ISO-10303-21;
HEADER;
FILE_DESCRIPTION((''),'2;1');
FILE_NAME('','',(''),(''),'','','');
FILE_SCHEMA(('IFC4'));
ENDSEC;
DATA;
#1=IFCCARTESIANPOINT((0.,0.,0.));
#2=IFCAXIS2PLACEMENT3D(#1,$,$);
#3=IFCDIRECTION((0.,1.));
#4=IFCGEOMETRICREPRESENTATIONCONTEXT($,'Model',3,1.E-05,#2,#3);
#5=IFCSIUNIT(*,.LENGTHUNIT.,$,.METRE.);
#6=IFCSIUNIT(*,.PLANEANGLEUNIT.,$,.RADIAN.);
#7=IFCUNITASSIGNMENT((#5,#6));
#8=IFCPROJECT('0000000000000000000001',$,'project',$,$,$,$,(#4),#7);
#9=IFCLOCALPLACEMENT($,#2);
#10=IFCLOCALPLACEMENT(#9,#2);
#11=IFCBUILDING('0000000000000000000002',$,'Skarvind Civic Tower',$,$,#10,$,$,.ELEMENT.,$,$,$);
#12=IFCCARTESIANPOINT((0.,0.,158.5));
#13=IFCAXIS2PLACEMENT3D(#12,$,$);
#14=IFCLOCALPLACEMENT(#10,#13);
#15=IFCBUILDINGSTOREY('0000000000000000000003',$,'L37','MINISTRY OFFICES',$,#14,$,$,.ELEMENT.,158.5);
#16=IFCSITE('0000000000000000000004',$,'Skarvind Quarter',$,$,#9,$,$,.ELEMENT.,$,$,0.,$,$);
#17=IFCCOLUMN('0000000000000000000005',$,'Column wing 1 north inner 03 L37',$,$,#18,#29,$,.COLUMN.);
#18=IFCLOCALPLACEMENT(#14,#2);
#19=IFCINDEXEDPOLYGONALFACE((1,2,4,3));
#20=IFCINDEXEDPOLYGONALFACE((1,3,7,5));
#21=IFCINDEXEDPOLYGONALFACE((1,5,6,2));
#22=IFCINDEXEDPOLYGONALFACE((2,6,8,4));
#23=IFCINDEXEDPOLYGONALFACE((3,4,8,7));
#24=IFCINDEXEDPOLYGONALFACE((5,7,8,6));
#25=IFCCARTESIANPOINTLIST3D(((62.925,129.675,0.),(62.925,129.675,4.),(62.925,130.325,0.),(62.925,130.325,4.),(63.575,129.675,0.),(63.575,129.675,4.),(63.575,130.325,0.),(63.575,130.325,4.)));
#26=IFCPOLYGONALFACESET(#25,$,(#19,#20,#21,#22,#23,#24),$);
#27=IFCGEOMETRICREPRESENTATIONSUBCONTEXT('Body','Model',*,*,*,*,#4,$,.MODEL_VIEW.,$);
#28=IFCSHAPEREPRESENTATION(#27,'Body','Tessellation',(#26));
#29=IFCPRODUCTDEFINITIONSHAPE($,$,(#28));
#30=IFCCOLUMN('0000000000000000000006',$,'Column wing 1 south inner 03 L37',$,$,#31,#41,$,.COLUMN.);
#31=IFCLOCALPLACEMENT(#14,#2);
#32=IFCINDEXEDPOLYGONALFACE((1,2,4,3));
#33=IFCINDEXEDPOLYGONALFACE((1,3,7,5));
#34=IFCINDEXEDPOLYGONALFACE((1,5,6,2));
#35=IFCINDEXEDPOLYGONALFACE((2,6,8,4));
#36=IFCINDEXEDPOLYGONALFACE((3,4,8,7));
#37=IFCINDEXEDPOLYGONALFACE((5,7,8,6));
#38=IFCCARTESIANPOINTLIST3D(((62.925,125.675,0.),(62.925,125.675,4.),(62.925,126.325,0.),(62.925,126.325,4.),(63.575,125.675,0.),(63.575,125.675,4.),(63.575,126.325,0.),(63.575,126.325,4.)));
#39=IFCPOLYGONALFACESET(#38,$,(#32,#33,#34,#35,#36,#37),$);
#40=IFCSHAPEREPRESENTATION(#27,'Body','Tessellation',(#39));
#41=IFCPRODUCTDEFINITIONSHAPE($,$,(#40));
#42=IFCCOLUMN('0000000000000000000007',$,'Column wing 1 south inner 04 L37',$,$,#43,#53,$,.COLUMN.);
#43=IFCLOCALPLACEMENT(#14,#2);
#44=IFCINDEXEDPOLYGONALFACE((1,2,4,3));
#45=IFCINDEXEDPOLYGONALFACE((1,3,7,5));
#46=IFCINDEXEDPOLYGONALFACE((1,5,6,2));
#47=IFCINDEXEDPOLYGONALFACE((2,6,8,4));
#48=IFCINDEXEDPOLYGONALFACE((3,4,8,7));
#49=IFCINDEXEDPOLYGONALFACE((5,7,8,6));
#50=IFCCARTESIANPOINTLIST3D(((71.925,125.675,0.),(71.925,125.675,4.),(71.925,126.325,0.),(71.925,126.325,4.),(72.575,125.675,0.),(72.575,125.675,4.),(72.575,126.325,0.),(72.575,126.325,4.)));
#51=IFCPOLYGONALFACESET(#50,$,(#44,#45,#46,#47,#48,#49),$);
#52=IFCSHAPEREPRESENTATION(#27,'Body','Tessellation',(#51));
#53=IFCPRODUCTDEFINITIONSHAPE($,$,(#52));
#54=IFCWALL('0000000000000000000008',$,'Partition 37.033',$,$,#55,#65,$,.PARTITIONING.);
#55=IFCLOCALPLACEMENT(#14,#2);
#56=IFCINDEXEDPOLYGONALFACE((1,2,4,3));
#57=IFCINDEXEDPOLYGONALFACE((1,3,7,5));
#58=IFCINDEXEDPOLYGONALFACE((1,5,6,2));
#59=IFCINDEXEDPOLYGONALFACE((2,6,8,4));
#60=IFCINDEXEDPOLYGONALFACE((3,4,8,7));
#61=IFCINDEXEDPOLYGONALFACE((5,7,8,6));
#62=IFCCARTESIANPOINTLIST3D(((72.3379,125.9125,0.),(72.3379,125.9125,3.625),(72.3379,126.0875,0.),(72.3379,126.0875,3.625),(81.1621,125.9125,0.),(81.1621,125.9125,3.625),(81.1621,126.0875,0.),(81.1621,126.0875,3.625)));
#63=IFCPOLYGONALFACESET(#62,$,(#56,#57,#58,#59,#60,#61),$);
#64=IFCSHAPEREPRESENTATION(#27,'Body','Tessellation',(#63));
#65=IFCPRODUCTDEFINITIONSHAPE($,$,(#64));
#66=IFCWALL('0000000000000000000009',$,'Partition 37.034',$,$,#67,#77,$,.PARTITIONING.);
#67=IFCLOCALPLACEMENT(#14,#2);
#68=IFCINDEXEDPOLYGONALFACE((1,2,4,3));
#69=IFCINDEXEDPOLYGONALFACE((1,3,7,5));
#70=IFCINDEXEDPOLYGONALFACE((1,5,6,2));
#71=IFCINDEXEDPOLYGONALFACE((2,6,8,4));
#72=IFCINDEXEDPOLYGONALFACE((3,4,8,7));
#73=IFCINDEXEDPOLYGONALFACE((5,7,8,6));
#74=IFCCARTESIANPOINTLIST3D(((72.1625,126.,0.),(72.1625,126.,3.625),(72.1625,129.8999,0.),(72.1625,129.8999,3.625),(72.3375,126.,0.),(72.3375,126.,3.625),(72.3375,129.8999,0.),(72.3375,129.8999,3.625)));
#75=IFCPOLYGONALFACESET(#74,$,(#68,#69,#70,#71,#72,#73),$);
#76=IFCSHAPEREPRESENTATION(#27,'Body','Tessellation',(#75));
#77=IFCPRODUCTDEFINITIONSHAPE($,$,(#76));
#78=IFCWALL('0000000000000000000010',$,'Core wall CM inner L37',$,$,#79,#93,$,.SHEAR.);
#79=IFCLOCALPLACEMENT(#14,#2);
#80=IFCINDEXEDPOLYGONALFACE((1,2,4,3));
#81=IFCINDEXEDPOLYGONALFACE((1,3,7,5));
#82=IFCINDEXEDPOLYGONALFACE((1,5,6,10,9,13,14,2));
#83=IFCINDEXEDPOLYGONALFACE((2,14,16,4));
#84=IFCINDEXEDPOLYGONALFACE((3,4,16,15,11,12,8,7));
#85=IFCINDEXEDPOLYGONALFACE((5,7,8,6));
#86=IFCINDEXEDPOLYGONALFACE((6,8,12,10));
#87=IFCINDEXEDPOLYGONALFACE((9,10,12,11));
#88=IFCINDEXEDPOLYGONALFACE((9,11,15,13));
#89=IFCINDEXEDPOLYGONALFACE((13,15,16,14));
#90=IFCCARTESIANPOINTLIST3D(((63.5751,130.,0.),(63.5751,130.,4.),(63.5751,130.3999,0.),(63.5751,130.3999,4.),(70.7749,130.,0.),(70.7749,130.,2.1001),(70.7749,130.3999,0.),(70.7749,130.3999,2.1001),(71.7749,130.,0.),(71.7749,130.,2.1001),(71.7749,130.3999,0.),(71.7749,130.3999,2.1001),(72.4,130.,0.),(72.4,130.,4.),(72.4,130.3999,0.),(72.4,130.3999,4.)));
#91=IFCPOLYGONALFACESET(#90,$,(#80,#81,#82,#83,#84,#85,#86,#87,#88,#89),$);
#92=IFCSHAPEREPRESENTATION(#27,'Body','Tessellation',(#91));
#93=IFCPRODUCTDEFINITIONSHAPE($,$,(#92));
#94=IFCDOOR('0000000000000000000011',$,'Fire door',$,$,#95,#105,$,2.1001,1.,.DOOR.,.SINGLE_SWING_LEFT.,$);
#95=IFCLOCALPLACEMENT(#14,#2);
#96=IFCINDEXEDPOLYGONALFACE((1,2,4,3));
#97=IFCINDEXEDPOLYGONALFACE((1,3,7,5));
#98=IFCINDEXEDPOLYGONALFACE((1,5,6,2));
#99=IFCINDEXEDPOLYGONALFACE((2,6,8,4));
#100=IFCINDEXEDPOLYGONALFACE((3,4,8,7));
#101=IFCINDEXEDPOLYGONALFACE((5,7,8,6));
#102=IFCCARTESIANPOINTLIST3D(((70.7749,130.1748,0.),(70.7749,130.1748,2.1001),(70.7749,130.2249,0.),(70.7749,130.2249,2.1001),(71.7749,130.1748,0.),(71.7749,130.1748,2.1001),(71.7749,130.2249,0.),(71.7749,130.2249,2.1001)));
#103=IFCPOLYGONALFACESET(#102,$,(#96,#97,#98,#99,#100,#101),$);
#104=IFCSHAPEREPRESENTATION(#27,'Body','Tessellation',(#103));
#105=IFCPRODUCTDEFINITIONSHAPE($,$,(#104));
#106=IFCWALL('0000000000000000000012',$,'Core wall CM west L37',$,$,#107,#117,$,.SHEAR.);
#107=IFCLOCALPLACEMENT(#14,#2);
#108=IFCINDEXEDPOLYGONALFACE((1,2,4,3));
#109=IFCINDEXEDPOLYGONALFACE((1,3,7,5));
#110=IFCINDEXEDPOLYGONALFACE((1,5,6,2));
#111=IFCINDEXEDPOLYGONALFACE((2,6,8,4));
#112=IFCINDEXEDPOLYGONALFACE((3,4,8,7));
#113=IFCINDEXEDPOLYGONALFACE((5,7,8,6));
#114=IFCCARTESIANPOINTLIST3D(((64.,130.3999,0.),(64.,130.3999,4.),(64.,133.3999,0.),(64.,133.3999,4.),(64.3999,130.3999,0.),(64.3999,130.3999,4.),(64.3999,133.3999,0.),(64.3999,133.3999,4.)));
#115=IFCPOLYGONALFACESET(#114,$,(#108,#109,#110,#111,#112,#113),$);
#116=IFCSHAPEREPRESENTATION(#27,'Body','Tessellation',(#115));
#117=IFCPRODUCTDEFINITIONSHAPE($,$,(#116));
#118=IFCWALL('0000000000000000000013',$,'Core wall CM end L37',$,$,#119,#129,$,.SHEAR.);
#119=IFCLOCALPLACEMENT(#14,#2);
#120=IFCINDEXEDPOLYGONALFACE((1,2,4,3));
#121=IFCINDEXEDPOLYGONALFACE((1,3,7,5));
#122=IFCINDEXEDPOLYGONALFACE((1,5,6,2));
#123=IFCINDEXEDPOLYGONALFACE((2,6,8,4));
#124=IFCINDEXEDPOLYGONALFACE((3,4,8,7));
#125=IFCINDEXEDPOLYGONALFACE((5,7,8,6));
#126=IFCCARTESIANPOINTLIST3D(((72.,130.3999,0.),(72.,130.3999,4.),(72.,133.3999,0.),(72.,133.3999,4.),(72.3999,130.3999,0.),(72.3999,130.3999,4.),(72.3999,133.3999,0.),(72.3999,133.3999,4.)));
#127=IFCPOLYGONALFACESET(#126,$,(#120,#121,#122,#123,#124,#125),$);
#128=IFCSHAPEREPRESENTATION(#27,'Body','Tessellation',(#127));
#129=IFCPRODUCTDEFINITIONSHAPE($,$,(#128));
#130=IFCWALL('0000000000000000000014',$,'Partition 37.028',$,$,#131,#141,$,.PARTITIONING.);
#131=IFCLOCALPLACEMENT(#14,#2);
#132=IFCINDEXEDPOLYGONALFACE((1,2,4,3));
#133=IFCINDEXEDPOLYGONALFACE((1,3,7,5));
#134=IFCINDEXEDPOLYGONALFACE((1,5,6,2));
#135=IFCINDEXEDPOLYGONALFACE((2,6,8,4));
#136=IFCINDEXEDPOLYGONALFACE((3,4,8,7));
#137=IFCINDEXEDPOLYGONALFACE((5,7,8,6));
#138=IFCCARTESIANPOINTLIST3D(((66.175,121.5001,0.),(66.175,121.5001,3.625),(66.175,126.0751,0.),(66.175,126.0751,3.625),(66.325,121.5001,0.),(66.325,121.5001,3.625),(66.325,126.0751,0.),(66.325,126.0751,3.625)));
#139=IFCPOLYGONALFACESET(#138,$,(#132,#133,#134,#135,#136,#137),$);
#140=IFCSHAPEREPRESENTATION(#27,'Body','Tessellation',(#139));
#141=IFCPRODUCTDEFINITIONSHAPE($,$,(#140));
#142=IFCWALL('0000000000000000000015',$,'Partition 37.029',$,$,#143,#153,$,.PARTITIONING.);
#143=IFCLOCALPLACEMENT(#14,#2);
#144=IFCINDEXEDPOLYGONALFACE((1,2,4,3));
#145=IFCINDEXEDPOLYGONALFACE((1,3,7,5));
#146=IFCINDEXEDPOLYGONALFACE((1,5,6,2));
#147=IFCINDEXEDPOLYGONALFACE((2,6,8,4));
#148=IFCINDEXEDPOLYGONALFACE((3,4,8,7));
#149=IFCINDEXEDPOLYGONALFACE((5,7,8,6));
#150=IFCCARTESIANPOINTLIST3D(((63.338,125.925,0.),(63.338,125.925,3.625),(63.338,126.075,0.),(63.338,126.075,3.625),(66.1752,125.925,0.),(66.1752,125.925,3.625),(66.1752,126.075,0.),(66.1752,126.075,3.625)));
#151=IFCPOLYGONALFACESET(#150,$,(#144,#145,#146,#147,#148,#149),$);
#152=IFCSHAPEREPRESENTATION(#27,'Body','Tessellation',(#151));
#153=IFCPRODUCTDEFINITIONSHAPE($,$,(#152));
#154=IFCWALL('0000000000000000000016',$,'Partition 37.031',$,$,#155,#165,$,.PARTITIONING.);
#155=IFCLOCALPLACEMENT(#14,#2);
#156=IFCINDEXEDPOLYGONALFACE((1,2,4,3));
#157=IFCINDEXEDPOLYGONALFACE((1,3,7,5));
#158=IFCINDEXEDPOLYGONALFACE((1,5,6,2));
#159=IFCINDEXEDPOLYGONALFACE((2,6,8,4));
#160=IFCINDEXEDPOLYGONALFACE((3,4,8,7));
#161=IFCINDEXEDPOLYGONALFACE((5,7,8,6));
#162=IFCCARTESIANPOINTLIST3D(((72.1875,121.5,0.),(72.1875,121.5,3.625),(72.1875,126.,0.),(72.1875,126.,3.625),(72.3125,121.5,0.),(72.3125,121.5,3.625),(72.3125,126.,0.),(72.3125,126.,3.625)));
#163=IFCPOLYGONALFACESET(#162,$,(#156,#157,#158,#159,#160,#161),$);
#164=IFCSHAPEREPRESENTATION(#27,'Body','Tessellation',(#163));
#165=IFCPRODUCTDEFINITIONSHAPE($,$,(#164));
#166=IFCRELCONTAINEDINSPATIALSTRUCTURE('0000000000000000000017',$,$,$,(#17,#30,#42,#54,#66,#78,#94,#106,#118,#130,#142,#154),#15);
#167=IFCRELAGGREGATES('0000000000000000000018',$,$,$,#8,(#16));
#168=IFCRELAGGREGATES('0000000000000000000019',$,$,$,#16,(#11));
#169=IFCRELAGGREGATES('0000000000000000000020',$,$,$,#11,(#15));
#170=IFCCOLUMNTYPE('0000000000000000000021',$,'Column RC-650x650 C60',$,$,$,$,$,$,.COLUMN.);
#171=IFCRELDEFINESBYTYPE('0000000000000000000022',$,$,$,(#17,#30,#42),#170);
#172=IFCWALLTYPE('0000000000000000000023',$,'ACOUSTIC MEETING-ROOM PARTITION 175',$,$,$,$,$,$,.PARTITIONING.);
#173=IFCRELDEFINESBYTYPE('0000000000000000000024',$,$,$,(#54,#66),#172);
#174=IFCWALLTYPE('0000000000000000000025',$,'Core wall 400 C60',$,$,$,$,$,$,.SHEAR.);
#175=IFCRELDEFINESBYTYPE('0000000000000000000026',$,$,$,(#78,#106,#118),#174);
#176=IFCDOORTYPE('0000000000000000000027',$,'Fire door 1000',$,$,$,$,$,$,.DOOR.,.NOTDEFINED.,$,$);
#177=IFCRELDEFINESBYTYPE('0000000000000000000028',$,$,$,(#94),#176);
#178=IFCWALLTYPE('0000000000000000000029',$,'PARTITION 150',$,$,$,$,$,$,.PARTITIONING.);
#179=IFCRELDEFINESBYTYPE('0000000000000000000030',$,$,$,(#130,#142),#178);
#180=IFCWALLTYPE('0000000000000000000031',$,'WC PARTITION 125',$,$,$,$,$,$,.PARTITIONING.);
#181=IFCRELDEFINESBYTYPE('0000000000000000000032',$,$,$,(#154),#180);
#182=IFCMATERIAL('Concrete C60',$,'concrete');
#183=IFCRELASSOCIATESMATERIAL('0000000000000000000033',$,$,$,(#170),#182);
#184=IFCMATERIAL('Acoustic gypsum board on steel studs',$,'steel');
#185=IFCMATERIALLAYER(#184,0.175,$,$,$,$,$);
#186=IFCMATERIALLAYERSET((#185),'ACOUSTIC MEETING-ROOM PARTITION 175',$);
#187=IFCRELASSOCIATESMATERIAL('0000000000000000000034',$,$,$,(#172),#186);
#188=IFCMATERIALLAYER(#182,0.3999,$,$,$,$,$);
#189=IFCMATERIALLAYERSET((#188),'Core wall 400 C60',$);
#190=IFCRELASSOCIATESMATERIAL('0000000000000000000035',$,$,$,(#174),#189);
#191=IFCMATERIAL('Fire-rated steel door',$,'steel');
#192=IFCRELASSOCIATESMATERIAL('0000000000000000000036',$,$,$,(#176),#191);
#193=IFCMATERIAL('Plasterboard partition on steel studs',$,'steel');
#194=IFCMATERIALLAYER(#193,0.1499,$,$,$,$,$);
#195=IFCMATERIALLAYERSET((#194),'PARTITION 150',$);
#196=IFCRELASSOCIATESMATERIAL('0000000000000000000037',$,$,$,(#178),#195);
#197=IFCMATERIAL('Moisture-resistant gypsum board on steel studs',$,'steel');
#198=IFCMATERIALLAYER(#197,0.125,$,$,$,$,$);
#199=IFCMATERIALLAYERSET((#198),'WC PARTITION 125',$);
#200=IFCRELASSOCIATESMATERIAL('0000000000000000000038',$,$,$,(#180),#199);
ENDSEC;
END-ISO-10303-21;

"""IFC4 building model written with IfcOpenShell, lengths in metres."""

from ifc_helpers import new_model, si_unit, direction, frame, frame_2d, origin, origin_2d, place, context, subcontext, project, spatial, rectangle, extrude, material, layer, layer_set, material_profile, profile_set, type_object, element, fill, save


model = new_model("IFC4")

# Units and contexts
model_context = context("Model", 3, precision=1e-05, world=origin(), true_north=direction((0.0, 1.0)))
body_context = subcontext(model_context, "Body", "Model", "MODEL_VIEW")
ifc_project = project(units=[si_unit("LENGTHUNIT", "METRE"), si_unit("PLANEANGLEUNIT", "RADIAN")], contexts=[model_context])

# Site, building, storey
site_placement = place(None, origin())
site = spatial("IfcSite", under=ifc_project, at=site_placement, Name="Skarvind Quarter", CompositionType="ELEMENT", RefElevation=0.0)
building_placement = place(site_placement, origin())
building = spatial("IfcBuilding", under=site, at=building_placement, Name="Skarvind Civic Tower", CompositionType="ELEMENT")
storey_placement = place(building_placement, frame((0.0, 0.0, 158.5)))
storey = spatial("IfcBuildingStorey", under=building, at=storey_placement, Name="L37", Description="MINISTRY OFFICES", CompositionType="ELEMENT", Elevation=158.5)

# Columns
ifc_material_1 = material(Name="Concrete C60", Category="concrete")
ifc_material_profile = material_profile(ifc_material_1, rectangle(XDim=0.6499, YDim=0.6499, at=origin_2d()), Name="RC-650x650")
ifc_profile_set = profile_set([ifc_material_profile], Name="Concrete C60")
column_type = type_object("IfcColumnType", Name="Column RC-650x650 C60", PredefinedType="COLUMN", material=ifc_profile_set)
for number, where, z_axis, x_axis, name in (
    (1, (63.25, 130.0, 0.0), (0.0, 0.0, 1.0), (1.0, 0.0, 0.0), "Column wing 1 north inner 03 L37"),
    (2, (63.25, 126.0, 0.0), (0.0, 0.0, 1.0), (1.0, 0.0, 0.0), "Column wing 1 south inner 03 L37"),
    (3, (72.25, 126.0, 0.0), (0.0, 0.0, 1.0), (1.0, 0.0, 0.0), "Column wing 1 south inner 04 L37"),
):
    element("IfcColumn", number, at=place(storey_placement, frame(where, z_axis=z_axis, x_axis=x_axis)), inside=storey, type_object=column_type, Name=name, PredefinedType="COLUMN", context=body_context, shape_type="SweptSolid", body=[
        extrude(rectangle(XDim=0.6499, YDim=0.6499, at=origin_2d()), origin(), (0.0, 0.0, 1.0), 4.0),
    ])

# Walls
ifc_material_2 = material(Name="Acoustic gypsum board on steel studs", Category="steel")
ifc_layer_1 = layer(ifc_material_2, 0.175)
ifc_layer_set_1 = layer_set([ifc_layer_1], Name="ACOUSTIC MEETING-ROOM PARTITION 175")
wall_type_1 = type_object("IfcWallType", Name="ACOUSTIC MEETING-ROOM PARTITION 175", PredefinedType="PARTITIONING", material=ifc_layer_set_1)
wall_1_placement = place(storey_placement, frame((72.3379, 126.0, 0.0), z_axis=(0.0, 0.0, 1.0), x_axis=(1.0, 0.0, 0.0)))
element("IfcWall", 4, at=wall_1_placement, inside=storey, type_object=wall_type_1, Name="Partition 37.033", PredefinedType="PARTITIONING", context=body_context, shape_type="SweptSolid", body=[
    extrude(rectangle(XDim=8.8242, YDim=0.175, at=frame_2d((4.4121, 0.0))), origin(), (0.0, 0.0, 1.0), 3.625),
])
wall_2_placement = place(storey_placement, frame((72.25, 129.8999, 0.0), z_axis=(0.0, 0.0, 1.0), x_axis=(0.0, -1.0, 0.0)))
element("IfcWall", 5, at=wall_2_placement, inside=storey, type_object=wall_type_1, Name="Partition 37.034", PredefinedType="PARTITIONING", context=body_context, shape_type="SweptSolid", body=[
    extrude(rectangle(XDim=3.8999, YDim=0.175, at=frame_2d((1.95, 0.0))), origin(), (0.0, 0.0, 1.0), 3.625),
])

# Wall, opening, door
ifc_layer_2 = layer(ifc_material_1, 0.3999)
ifc_layer_set_2 = layer_set([ifc_layer_2], Name="Core wall 400 C60")
wall_type_2 = type_object("IfcWallType", Name="Core wall 400 C60", PredefinedType="SHEAR", material=ifc_layer_set_2)
wall_3_placement = place(storey_placement, frame((63.575, 130.2, 0.0), z_axis=(0.0, 0.0, 1.0), x_axis=(1.0, 0.0, 0.0)))
wall_3 = element("IfcWall", 6, at=wall_3_placement, inside=storey, type_object=wall_type_2, Name="Core wall CM inner L37", PredefinedType="SHEAR", context=body_context, shape_type="SweptSolid", body=[
    extrude(rectangle(XDim=8.825, YDim=0.3999, at=frame_2d((4.4126, 0.0))), origin(), (0.0, 0.0, 1.0), 4.0),
])
opening_1_placement = place(wall_3_placement, frame((7.2, 0.0, 0.0)))
opening_1 = element("IfcOpeningElement", 7, at=opening_1_placement, cuts=wall_3, PredefinedType="OPENING", context=body_context, shape_type="SweptSolid", body=[
    extrude(rectangle(XDim=1.0, YDim=2.1001, at=frame_2d((0.5, 1.05))), frame((0.0, 0.21, 0.0), z_axis=(0.0, -1.0, 0.0), x_axis=(1.0, 0.0, 0.0)), (0.0, 0.0, 1.0), 0.4199),
])
ifc_material_3 = material(Name="Fire-rated steel door", Category="steel")
door_type_1 = type_object("IfcDoorType", Name="Fire door 1000", OperationType="NOTDEFINED", PredefinedType="DOOR", material=ifc_material_3)
door_1_placement = place(opening_1_placement, origin())
door_1 = element("IfcDoor", 8, at=door_1_placement, inside=storey, type_object=door_type_1, Name="Fire door", OperationType="SINGLE_SWING_LEFT", OverallHeight=2.1001, OverallWidth=1.0, PredefinedType="DOOR", context=body_context, shape_type="SweptSolid", body=[
    extrude(rectangle(XDim=1.0, YDim=2.1001, at=frame_2d((0.5, 1.05))), frame((0.0, 0.0249, 0.0), z_axis=(0.0, -1.0, 0.0), x_axis=(1.0, 0.0, 0.0)), (0.0, 0.0, 1.0), 0.05),
])
fill(opening_1, door_1)

# Walls
for number, where, z_axis, x_axis, name in (
    (9, (64.2, 130.3999, 0.0), (0.0, 0.0, 1.0), (0.0, 1.0, 0.0), "Core wall CM west L37"),
    (10, (72.2, 130.3999, 0.0), (0.0, 0.0, 1.0), (0.0, 1.0, 0.0), "Core wall CM end L37"),
):
    element("IfcWall", number, at=place(storey_placement, frame(where, z_axis=z_axis, x_axis=x_axis)), inside=storey, type_object=wall_type_2, Name=name, PredefinedType="SHEAR", context=body_context, shape_type="SweptSolid", body=[
        extrude(rectangle(XDim=3.0, YDim=0.3999, at=frame_2d((1.5, 0.0))), origin(), (0.0, 0.0, 1.0), 4.0),
    ])
ifc_material_4 = material(Name="Plasterboard partition on steel studs", Category="steel")
ifc_layer_3 = layer(ifc_material_4, 0.1499)
ifc_layer_set_3 = layer_set([ifc_layer_3], Name="PARTITION 150")
wall_type_3 = type_object("IfcWallType", Name="PARTITION 150", PredefinedType="PARTITIONING", material=ifc_layer_set_3)
wall_4_placement = place(storey_placement, frame((66.25, 121.5, 0.0), z_axis=(0.0, 0.0, 1.0), x_axis=(0.0, 1.0, 0.0)))
element("IfcWall", 11, at=wall_4_placement, inside=storey, type_object=wall_type_3, Name="Partition 37.028", PredefinedType="PARTITIONING", context=body_context, shape_type="SweptSolid", body=[
    extrude(rectangle(XDim=4.575, YDim=0.1499, at=frame_2d((2.2876, 0.0))), origin(), (0.0, 0.0, 1.0), 3.625),
])
wall_5_placement = place(storey_placement, frame((66.175, 126.0, 0.0), z_axis=(0.0, 0.0, 1.0), x_axis=(-1.0, 0.0, 0.0)))
element("IfcWall", 12, at=wall_5_placement, inside=storey, type_object=wall_type_3, Name="Partition 37.029", PredefinedType="PARTITIONING", context=body_context, shape_type="SweptSolid", body=[
    extrude(rectangle(XDim=2.8372, YDim=0.1499, at=frame_2d((1.4185, 0.0))), origin(), (0.0, 0.0, 1.0), 3.625),
])
ifc_material_5 = material(Name="Moisture-resistant gypsum board on steel studs", Category="steel")
ifc_layer_4 = layer(ifc_material_5, 0.125)
ifc_layer_set_4 = layer_set([ifc_layer_4], Name="WC PARTITION 125")
wall_type_4 = type_object("IfcWallType", Name="WC PARTITION 125", PredefinedType="PARTITIONING", material=ifc_layer_set_4)
wall_6_placement = place(storey_placement, frame((72.25, 121.5, 0.0), z_axis=(0.0, 0.0, 1.0), x_axis=(0.0, 1.0, 0.0)))
element("IfcWall", 13, at=wall_6_placement, inside=storey, type_object=wall_type_4, Name="Partition 37.031", PredefinedType="PARTITIONING", context=body_context, shape_type="SweptSolid", body=[
    extrude(rectangle(XDim=4.5, YDim=0.125, at=frame_2d((2.25, 0.0))), origin(), (0.0, 0.0, 1.0), 3.625),
])

save(model, "model.ifc")
